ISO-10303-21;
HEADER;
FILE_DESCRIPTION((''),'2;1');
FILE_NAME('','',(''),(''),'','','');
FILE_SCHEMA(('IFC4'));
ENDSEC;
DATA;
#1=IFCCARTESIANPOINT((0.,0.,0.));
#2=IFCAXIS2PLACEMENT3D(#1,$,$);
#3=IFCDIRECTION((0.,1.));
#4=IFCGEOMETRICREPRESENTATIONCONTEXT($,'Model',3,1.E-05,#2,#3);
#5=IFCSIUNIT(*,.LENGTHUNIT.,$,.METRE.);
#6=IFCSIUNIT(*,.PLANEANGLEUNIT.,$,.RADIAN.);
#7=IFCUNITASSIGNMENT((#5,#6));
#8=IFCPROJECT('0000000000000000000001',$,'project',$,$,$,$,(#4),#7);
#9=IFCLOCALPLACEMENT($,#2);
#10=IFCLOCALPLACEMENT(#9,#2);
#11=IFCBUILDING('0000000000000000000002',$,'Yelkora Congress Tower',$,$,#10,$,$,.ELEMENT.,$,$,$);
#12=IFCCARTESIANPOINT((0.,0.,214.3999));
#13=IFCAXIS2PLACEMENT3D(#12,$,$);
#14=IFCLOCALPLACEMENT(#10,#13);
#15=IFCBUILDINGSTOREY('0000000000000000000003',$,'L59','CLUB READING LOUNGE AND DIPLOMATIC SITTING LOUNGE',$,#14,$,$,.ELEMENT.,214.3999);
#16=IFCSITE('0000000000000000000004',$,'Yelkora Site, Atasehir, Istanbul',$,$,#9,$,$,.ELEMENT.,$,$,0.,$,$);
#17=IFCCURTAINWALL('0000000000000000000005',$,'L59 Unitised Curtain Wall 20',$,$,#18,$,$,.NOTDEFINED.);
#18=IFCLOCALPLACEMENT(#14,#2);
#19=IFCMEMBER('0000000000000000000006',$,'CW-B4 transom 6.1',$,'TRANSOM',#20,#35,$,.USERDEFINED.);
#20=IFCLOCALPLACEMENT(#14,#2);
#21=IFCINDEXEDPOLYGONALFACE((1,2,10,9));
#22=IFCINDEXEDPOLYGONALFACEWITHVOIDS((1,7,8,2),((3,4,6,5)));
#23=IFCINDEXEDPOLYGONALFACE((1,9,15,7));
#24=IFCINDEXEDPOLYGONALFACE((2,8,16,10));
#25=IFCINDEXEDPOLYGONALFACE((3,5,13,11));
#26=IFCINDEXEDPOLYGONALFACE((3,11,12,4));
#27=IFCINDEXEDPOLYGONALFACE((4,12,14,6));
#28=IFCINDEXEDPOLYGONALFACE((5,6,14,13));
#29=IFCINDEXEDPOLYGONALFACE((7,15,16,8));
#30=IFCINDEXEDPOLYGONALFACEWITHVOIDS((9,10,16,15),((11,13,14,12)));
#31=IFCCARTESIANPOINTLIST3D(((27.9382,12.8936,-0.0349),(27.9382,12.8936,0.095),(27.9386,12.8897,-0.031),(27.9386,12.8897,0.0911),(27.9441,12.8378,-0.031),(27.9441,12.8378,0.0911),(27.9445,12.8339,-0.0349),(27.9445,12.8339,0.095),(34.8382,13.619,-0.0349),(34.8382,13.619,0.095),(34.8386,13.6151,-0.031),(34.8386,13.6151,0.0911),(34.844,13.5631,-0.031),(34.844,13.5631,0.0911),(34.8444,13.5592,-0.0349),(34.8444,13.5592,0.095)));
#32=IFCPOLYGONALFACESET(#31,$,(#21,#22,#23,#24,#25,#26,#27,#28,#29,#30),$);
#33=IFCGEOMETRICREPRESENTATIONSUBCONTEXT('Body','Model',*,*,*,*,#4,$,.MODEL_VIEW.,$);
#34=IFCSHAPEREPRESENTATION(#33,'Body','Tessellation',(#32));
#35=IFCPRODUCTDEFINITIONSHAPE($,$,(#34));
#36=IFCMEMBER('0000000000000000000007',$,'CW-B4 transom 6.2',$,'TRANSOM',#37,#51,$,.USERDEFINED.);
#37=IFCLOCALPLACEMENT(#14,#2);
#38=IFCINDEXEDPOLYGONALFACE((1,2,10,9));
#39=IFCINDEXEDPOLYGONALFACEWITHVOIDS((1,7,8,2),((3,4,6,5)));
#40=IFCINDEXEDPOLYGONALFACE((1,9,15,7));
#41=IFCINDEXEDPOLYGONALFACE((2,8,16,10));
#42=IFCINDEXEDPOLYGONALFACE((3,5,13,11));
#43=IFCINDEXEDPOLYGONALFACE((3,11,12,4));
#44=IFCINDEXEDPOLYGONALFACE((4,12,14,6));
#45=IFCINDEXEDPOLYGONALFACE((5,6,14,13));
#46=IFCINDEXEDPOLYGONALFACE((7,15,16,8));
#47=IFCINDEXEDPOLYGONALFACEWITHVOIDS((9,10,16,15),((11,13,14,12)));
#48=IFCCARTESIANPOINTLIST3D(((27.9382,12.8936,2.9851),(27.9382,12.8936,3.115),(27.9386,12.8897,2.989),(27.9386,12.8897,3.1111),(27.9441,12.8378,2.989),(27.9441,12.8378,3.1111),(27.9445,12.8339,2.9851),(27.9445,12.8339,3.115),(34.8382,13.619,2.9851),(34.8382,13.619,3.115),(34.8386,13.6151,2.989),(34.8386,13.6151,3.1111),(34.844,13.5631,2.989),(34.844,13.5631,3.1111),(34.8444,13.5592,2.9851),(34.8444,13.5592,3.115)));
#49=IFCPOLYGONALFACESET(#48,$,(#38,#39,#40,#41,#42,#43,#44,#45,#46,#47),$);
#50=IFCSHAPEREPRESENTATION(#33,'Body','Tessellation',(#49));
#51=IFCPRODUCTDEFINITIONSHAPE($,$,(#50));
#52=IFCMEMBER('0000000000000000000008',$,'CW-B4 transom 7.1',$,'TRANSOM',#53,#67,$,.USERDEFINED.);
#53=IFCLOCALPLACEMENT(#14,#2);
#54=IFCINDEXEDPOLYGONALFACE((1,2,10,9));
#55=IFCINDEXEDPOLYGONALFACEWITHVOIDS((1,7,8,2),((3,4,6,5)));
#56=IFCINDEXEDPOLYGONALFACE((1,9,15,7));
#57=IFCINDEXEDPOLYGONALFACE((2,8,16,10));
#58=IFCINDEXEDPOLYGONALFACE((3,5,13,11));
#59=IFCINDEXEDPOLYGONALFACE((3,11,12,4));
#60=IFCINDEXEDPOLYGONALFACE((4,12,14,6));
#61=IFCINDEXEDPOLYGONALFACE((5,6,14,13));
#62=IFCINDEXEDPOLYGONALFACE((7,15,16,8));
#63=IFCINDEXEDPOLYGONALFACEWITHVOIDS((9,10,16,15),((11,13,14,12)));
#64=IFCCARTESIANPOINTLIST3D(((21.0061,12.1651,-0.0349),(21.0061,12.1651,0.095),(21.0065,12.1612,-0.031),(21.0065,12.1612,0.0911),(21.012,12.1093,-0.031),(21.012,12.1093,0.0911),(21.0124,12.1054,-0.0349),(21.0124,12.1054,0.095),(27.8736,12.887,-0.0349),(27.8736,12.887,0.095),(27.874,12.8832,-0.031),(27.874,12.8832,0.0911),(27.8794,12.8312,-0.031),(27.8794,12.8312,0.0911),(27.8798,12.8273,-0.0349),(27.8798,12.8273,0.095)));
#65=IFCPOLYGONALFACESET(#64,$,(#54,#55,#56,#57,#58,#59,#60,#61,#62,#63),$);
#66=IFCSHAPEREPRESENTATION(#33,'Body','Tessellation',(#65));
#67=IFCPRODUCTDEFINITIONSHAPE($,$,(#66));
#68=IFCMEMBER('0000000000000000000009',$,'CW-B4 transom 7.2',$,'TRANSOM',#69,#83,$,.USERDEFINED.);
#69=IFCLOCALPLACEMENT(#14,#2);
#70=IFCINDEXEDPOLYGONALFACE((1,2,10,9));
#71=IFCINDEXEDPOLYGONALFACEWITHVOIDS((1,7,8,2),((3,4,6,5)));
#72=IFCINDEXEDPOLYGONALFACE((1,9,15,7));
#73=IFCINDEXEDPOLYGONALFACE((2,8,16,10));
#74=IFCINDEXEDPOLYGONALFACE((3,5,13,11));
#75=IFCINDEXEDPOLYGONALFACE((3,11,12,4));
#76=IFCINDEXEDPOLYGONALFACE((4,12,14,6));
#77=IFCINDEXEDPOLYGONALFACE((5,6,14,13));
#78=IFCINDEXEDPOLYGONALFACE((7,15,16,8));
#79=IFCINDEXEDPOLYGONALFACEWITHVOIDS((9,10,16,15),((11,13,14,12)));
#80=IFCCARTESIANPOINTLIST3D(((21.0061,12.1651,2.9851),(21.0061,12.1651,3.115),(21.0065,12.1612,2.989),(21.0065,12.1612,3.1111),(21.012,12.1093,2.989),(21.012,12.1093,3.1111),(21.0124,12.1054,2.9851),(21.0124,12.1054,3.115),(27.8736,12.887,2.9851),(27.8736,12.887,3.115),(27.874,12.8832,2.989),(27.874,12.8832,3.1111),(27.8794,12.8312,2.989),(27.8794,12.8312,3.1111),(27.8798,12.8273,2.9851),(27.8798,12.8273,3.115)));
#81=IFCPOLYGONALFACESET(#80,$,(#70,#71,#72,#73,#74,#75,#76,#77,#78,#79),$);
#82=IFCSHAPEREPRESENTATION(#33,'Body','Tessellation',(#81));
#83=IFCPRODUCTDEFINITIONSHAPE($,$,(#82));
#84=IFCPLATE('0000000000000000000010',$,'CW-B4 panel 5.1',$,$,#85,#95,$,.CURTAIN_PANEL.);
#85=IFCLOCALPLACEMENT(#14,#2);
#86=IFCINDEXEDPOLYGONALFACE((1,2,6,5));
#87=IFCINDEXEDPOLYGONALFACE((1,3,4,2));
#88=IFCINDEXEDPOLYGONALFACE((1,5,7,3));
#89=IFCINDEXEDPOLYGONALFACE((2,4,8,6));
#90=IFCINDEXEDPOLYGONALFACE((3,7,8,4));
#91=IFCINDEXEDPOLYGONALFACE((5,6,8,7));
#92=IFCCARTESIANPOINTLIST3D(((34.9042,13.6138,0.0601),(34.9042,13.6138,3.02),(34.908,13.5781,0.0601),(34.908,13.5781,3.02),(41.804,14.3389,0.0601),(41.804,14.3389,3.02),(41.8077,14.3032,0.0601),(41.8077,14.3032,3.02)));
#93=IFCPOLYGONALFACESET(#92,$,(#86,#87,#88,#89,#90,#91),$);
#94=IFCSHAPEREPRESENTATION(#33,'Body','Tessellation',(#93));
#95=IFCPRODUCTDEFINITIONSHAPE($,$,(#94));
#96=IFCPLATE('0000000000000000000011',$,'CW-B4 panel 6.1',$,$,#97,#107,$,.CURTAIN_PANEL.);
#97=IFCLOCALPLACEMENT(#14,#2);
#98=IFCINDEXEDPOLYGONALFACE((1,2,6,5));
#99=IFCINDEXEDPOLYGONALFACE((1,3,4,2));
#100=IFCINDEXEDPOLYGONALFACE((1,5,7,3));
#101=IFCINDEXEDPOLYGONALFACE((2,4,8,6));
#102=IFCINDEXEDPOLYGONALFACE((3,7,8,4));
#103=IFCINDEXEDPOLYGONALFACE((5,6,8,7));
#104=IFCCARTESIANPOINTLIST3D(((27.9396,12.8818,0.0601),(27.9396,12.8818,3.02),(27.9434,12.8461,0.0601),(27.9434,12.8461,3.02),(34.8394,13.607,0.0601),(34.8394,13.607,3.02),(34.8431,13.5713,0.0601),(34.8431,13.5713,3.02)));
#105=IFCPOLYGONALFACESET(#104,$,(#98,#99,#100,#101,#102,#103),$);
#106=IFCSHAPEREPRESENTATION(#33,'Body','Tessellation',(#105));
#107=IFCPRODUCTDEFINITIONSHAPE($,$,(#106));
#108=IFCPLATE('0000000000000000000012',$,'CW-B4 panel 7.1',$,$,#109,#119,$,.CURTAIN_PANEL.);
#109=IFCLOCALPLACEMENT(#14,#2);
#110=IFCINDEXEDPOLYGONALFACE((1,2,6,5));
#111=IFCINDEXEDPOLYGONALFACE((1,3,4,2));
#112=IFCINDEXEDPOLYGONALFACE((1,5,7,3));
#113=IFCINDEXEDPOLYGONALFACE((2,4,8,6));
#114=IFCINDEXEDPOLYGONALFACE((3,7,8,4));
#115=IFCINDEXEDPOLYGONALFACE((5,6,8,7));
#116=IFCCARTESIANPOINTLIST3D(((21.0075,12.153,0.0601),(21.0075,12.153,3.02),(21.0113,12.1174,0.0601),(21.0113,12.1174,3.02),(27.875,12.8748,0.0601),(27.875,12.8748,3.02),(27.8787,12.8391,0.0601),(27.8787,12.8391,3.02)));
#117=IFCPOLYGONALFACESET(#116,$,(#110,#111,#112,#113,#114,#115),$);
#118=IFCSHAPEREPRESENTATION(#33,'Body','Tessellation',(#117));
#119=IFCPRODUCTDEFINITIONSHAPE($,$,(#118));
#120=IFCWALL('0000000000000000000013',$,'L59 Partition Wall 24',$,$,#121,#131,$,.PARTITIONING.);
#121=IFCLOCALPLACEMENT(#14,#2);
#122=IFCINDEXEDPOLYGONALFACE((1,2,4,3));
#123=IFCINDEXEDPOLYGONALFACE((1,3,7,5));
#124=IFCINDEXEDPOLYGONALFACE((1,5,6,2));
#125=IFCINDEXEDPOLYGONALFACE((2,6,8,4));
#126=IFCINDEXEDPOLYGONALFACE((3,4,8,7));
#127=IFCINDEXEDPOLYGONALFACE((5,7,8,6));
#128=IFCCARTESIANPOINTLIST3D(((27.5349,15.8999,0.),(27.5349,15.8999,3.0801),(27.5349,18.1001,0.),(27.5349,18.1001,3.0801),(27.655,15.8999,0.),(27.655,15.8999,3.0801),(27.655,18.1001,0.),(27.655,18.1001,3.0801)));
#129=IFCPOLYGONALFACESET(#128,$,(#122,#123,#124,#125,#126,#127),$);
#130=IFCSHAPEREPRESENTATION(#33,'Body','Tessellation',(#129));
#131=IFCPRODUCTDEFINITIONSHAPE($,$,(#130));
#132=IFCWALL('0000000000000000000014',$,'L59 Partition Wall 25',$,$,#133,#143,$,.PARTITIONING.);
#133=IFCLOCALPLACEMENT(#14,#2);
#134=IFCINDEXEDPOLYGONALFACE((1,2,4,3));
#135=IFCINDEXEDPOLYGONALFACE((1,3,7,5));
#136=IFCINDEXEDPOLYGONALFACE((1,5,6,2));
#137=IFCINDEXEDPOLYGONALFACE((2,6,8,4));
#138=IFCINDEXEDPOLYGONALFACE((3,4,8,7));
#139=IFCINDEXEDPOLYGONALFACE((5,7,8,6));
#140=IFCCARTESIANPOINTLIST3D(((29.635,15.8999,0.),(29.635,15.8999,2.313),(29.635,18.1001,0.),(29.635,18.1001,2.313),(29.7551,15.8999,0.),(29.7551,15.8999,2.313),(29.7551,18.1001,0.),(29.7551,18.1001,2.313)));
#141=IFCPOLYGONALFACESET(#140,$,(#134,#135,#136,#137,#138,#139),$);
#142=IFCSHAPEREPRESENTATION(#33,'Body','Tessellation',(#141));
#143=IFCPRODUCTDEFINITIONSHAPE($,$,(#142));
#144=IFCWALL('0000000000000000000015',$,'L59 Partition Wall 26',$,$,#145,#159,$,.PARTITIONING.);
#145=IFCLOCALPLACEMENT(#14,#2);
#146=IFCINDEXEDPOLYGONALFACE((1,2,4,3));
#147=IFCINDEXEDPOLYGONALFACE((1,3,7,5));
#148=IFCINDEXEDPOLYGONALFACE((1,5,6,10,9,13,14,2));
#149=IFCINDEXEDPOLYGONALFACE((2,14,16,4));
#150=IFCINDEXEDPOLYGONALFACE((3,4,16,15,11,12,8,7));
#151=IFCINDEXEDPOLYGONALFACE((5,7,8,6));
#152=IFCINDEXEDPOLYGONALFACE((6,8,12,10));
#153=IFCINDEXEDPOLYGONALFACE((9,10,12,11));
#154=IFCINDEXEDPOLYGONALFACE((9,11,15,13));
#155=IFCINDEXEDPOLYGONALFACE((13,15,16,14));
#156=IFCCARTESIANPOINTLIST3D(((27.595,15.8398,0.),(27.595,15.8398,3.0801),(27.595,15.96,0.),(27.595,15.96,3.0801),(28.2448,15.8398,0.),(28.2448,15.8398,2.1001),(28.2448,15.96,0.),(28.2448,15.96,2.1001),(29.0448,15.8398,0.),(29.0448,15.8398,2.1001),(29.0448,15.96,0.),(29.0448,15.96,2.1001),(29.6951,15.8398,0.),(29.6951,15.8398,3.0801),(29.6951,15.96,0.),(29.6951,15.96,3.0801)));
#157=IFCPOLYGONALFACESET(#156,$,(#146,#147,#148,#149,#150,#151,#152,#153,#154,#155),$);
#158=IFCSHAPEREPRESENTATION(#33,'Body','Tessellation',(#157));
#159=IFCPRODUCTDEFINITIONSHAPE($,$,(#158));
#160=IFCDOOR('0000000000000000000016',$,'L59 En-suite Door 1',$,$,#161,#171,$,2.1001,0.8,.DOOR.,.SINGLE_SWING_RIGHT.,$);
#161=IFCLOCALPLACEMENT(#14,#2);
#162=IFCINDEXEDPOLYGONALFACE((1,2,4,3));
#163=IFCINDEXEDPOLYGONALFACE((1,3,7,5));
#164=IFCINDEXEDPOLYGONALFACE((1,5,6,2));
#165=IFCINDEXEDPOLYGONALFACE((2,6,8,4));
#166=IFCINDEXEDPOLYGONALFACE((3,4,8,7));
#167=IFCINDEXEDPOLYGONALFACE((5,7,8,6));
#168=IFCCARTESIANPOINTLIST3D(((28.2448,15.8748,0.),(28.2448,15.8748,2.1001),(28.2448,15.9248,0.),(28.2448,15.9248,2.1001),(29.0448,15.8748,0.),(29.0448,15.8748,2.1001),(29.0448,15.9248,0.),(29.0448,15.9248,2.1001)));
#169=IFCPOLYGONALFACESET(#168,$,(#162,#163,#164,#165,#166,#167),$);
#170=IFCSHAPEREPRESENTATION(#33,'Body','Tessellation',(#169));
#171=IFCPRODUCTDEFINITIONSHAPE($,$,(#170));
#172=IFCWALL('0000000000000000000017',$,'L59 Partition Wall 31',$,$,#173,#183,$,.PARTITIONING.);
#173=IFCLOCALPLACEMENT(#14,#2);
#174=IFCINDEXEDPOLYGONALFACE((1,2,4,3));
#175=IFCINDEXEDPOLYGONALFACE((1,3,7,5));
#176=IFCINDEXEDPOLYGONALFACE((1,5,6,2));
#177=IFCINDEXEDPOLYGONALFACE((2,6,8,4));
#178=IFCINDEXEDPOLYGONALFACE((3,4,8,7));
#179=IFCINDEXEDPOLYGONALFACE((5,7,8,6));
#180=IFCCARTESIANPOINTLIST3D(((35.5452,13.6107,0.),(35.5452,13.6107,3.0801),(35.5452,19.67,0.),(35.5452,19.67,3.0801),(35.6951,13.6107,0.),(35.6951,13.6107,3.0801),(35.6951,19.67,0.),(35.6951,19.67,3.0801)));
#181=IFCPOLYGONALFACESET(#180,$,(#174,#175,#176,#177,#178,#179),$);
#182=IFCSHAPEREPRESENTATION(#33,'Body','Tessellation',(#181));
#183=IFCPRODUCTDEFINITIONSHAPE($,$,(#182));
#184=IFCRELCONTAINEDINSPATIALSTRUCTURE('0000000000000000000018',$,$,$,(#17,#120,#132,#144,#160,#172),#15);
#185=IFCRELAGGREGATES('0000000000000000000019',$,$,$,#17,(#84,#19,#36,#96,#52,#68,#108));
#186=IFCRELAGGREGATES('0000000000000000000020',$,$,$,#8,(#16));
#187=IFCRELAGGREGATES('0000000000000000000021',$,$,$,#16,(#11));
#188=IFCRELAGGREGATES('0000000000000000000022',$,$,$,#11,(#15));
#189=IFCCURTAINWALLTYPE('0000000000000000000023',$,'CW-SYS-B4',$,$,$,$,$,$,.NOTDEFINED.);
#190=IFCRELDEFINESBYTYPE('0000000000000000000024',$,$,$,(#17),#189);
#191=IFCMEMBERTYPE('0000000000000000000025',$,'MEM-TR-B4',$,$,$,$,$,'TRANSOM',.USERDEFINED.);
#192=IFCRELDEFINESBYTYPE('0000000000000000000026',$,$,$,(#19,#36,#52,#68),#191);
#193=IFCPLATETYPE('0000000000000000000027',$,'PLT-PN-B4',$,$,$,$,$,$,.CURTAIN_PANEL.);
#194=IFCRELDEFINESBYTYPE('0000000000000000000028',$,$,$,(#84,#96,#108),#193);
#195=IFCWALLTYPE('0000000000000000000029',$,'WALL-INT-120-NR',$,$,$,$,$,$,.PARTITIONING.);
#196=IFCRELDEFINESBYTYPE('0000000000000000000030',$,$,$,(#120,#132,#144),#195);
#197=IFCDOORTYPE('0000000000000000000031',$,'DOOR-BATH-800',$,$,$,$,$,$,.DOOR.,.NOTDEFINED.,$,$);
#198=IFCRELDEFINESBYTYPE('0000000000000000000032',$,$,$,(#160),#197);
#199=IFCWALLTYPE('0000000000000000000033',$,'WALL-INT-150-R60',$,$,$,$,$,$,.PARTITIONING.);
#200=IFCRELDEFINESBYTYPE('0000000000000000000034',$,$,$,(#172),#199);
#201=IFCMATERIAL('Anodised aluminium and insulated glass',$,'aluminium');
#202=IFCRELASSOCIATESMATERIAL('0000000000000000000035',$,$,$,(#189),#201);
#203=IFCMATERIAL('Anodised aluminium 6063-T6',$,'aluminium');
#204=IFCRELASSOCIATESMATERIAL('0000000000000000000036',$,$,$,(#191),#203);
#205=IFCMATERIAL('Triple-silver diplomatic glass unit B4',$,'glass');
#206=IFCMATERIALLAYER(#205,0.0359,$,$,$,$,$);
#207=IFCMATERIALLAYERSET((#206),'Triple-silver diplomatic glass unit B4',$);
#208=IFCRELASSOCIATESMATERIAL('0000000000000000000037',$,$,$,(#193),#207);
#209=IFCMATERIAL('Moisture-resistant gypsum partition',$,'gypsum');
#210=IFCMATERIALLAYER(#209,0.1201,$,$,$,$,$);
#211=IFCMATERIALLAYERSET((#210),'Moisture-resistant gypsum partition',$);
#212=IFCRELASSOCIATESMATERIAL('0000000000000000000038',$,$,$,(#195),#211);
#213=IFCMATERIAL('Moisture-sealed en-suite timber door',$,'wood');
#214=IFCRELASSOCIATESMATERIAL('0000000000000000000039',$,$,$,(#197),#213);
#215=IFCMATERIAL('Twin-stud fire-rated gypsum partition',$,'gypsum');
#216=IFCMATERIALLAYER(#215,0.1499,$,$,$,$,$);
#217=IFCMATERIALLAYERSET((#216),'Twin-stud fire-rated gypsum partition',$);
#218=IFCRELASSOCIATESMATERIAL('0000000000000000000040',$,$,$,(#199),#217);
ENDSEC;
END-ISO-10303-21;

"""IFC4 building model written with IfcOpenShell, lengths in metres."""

from ifc_helpers import new_model, si_unit, direction, frame, frame_2d, origin, origin_2d, place, context, subcontext, project, spatial, rectangle, hollow_rectangle, extrude, material, layer, layer_set, material_profile, profile_set, type_object, element, fill, aggregate, save


model = new_model("IFC4")

# Units and contexts
model_context = context("Model", 3, precision=1e-05, world=origin(), true_north=direction((0.0, 1.0)))
body_context = subcontext(model_context, "Body", "Model", "MODEL_VIEW")
ifc_project = project(units=[si_unit("LENGTHUNIT", "METRE"), si_unit("PLANEANGLEUNIT", "RADIAN")], contexts=[model_context])

# Site, building, storey
site_placement = place(None, origin())
site = spatial("IfcSite", under=ifc_project, at=site_placement, Name="Yelkora Site, Atasehir, Istanbul", CompositionType="ELEMENT", RefElevation=0.0)
building_placement = place(site_placement, origin())
building = spatial("IfcBuilding", under=site, at=building_placement, Name="Yelkora Congress Tower", CompositionType="ELEMENT")
storey_placement = place(building_placement, frame((0.0, 0.0, 214.3999)))
storey = spatial("IfcBuildingStorey", under=building, at=storey_placement, Name="L59", Description="CLUB READING LOUNGE AND DIPLOMATIC SITTING LOUNGE", CompositionType="ELEMENT", Elevation=214.3999)

# Curtain wall, members, plates
ifc_material_1 = material(Name="Anodised aluminium and insulated glass", Category="aluminium")
curtain_wall_type = type_object("IfcCurtainWallType", Name="CW-SYS-B4", PredefinedType="NOTDEFINED", material=ifc_material_1)
curtain_wall_placement = place(storey_placement, origin())
curtain_wall = element("IfcCurtainWall", 1, at=curtain_wall_placement, inside=storey, type_object=curtain_wall_type, Name="L59 Unitised Curtain Wall 20", PredefinedType="NOTDEFINED")
ifc_material_2 = material(Name="Anodised aluminium 6063-T6", Category="aluminium")
ifc_material_profile_1 = material_profile(ifc_material_2, hollow_rectangle(XDim=0.0601, YDim=0.1299, WallThickness=0.0039, at=origin_2d()), Name="ALU 60x130x4")
ifc_profile_set_1 = profile_set([ifc_material_profile_1], Name="Anodised aluminium 6063-T6")
member_type_1 = type_object("IfcMemberType", Name="MEM-TR-B4", ElementType="TRANSOM", PredefinedType="USERDEFINED", material=ifc_profile_set_1)
member_1_placement = place(storey_placement, frame((34.8413, 13.5891, 0.03), z_axis=(-0.99452, -0.104547, 0.0), x_axis=(0.104547, -0.99452, 0.0)))
member_1 = element("IfcMember", 2, at=member_1_placement, type_object=member_type_1, Name="CW-B4 transom 6.1", ObjectType="TRANSOM", PredefinedType="USERDEFINED", context=body_context, shape_type="SweptSolid", body=[
    extrude(hollow_rectangle(XDim=0.0601, YDim=0.1299, WallThickness=0.0039, at=origin_2d()), origin(), (0.0, 0.0, 1.0), 6.938),
])
member_2_placement = place(storey_placement, frame((34.8413, 13.5891, 3.05), z_axis=(-0.99452, -0.104547, 0.0), x_axis=(0.104547, -0.99452, 0.0)))
member_2 = element("IfcMember", 3, at=member_2_placement, type_object=member_type_1, Name="CW-B4 transom 6.2", ObjectType="TRANSOM", PredefinedType="USERDEFINED", context=body_context, shape_type="SweptSolid", body=[
    extrude(hollow_rectangle(XDim=0.0601, YDim=0.1299, WallThickness=0.0039, at=origin_2d()), origin(), (0.0, 0.0, 1.0), 6.938),
])
member_3_placement = place(storey_placement, frame((27.8767, 12.8572, 0.03), z_axis=(-0.99452, -0.104547, 0.0), x_axis=(0.104547, -0.99452, 0.0)))
member_3 = element("IfcMember", 4, at=member_3_placement, type_object=member_type_1, Name="CW-B4 transom 7.1", ObjectType="TRANSOM", PredefinedType="USERDEFINED", context=body_context, shape_type="SweptSolid", body=[
    extrude(hollow_rectangle(XDim=0.0601, YDim=0.1299, WallThickness=0.0039, at=origin_2d()), origin(), (0.0, 0.0, 1.0), 6.9053),
])
member_4_placement = place(storey_placement, frame((27.8767, 12.8572, 3.05), z_axis=(-0.99452, -0.104547, 0.0), x_axis=(0.104547, -0.99452, 0.0)))
member_4 = element("IfcMember", 5, at=member_4_placement, type_object=member_type_1, Name="CW-B4 transom 7.2", ObjectType="TRANSOM", PredefinedType="USERDEFINED", context=body_context, shape_type="SweptSolid", body=[
    extrude(hollow_rectangle(XDim=0.0601, YDim=0.1299, WallThickness=0.0039, at=origin_2d()), origin(), (0.0, 0.0, 1.0), 6.9053),
])
ifc_material_3 = material(Name="Triple-silver diplomatic glass unit B4", Category="glass")
ifc_layer_1 = layer(ifc_material_3, 0.0359)
ifc_layer_set_1 = layer_set([ifc_layer_1], Name="Triple-silver diplomatic glass unit B4")
plate_type = type_object("IfcPlateType", Name="PLT-PN-B4", PredefinedType="CURTAIN_PANEL", material=ifc_layer_set_1)
plate_1_placement = place(storey_placement, frame((38.356, 13.9585, 0.0601), z_axis=(0.0, 0.0, 1.0), x_axis=(-0.994522, -0.104527, 0.0)))
plate_1 = element("IfcPlate", 6, at=plate_1_placement, type_object=plate_type, Name="CW-B4 panel 5.1", PredefinedType="CURTAIN_PANEL", context=body_context, shape_type="SweptSolid", body=[
    extrude(rectangle(XDim=6.9377, YDim=0.0359, at=origin_2d()), origin(), (0.0, 0.0, 1.0), 2.96),
])
plate_2_placement = place(storey_placement, frame((31.3914, 13.2266, 0.0601), z_axis=(0.0, 0.0, 1.0), x_axis=(-0.994522, -0.104527, 0.0)))
plate_2 = element("IfcPlate", 7, at=plate_2_placement, type_object=plate_type, Name="CW-B4 panel 6.1", PredefinedType="CURTAIN_PANEL", context=body_context, shape_type="SweptSolid", body=[
    extrude(rectangle(XDim=6.9377, YDim=0.0359, at=origin_2d()), origin(), (0.0, 0.0, 1.0), 2.96),
])
plate_3_placement = place(storey_placement, frame((24.4431, 12.4961, 0.0601), z_axis=(0.0, 0.0, 1.0), x_axis=(-0.994522, -0.104527, 0.0)))
plate_3 = element("IfcPlate", 8, at=plate_3_placement, type_object=plate_type, Name="CW-B4 panel 7.1", PredefinedType="CURTAIN_PANEL", context=body_context, shape_type="SweptSolid", body=[
    extrude(rectangle(XDim=6.9053, YDim=0.0359, at=origin_2d()), origin(), (0.0, 0.0, 1.0), 2.96),
])
aggregate(curtain_wall, [plate_1, member_1, member_2, plate_2, member_3, member_4, plate_3])

# Walls
ifc_material_4 = material(Name="Moisture-resistant gypsum partition", Category="gypsum")
ifc_layer_2 = layer(ifc_material_4, 0.1201)
ifc_layer_set_2 = layer_set([ifc_layer_2], Name="Moisture-resistant gypsum partition")
wall_type_1 = type_object("IfcWallType", Name="WALL-INT-120-NR", PredefinedType="PARTITIONING", material=ifc_layer_set_2)
wall_1_placement = place(storey_placement, frame((27.595, 15.8999, 0.0), z_axis=(0.0, 0.0, 1.0), x_axis=(0.0, 1.0, 0.0)))
element("IfcWall", 9, at=wall_1_placement, inside=storey, type_object=wall_type_1, Name="L59 Partition Wall 24", PredefinedType="PARTITIONING", context=body_context, shape_type="SweptSolid", body=[
    extrude(rectangle(XDim=2.2002, YDim=0.1201, at=frame_2d((1.1001, 0.0))), origin(), (0.0, 0.0, 1.0), 3.0801),
])
wall_2_placement = place(storey_placement, frame((29.6951, 15.8999, 0.0), z_axis=(0.0, 0.0, 1.0), x_axis=(0.0, 1.0, 0.0)))
element("IfcWall", 10, at=wall_2_placement, inside=storey, type_object=wall_type_1, Name="L59 Partition Wall 25", PredefinedType="PARTITIONING", context=body_context, shape_type="SweptSolid", body=[
    extrude(rectangle(XDim=2.2002, YDim=0.1201, at=frame_2d((1.1001, 0.0))), origin(), (0.0, 0.0, 1.0), 2.313),
])

# Wall, opening, door
wall_3_placement = place(storey_placement, frame((27.595, 15.8999, 0.0), z_axis=(0.0, 0.0, 1.0), x_axis=(1.0, 0.0, 0.0)))
wall_3 = element("IfcWall", 11, at=wall_3_placement, inside=storey, type_object=wall_type_1, Name="L59 Partition Wall 26", PredefinedType="PARTITIONING", context=body_context, shape_type="SweptSolid", body=[
    extrude(rectangle(XDim=2.1001, YDim=0.1201, at=frame_2d((1.05, 0.0))), origin(), (0.0, 0.0, 1.0), 3.0801),
])
opening_placement = place(wall_3_placement, frame((0.6499, 0.0, 0.0)))
opening = element("IfcOpeningElement", 12, at=opening_placement, cuts=wall_3, PredefinedType="OPENING", context=body_context, shape_type="SweptSolid", body=[
    extrude(rectangle(XDim=0.8, YDim=2.1001, at=frame_2d((0.3999, 1.05))), frame((0.0, 0.0701, 0.0), z_axis=(0.0, -1.0, 0.0), x_axis=(1.0, 0.0, 0.0)), (0.0, 0.0, 1.0), 0.1401),
])
ifc_material_5 = material(Name="Moisture-sealed en-suite timber door", Category="wood")
door_type = type_object("IfcDoorType", Name="DOOR-BATH-800", OperationType="NOTDEFINED", PredefinedType="DOOR", material=ifc_material_5)
door_placement = place(opening_placement, origin())
door = element("IfcDoor", 13, at=door_placement, inside=storey, type_object=door_type, Name="L59 En-suite Door 1", OperationType="SINGLE_SWING_RIGHT", OverallHeight=2.1001, OverallWidth=0.8, PredefinedType="DOOR", context=body_context, shape_type="SweptSolid", body=[
    extrude(rectangle(XDim=0.8, YDim=2.1001, at=frame_2d((0.3999, 1.05))), frame((0.0, 0.0249, 0.0), z_axis=(0.0, -1.0, 0.0), x_axis=(1.0, 0.0, 0.0)), (0.0, 0.0, 1.0), 0.05),
])
fill(opening, door)

# Wall
ifc_material_6 = material(Name="Twin-stud fire-rated gypsum partition", Category="gypsum")
ifc_layer_3 = layer(ifc_material_6, 0.1499)
ifc_layer_set_3 = layer_set([ifc_layer_3], Name="Twin-stud fire-rated gypsum partition")
wall_type_2 = type_object("IfcWallType", Name="WALL-INT-150-R60", PredefinedType="PARTITIONING", material=ifc_layer_set_3)
wall_4_placement = place(storey_placement, frame((35.6201, 13.6106, 0.0), z_axis=(0.0, 0.0, 1.0), x_axis=(0.0, 1.0, 0.0)))
element("IfcWall", 14, at=wall_4_placement, inside=storey, type_object=wall_type_2, Name="L59 Partition Wall 31", PredefinedType="PARTITIONING", context=body_context, shape_type="SweptSolid", body=[
    extrude(rectangle(XDim=6.0593, YDim=0.1499, at=frame_2d((3.0298, 0.0))), origin(), (0.0, 0.0, 1.0), 3.0801),
])

save(model, "model.ifc")
